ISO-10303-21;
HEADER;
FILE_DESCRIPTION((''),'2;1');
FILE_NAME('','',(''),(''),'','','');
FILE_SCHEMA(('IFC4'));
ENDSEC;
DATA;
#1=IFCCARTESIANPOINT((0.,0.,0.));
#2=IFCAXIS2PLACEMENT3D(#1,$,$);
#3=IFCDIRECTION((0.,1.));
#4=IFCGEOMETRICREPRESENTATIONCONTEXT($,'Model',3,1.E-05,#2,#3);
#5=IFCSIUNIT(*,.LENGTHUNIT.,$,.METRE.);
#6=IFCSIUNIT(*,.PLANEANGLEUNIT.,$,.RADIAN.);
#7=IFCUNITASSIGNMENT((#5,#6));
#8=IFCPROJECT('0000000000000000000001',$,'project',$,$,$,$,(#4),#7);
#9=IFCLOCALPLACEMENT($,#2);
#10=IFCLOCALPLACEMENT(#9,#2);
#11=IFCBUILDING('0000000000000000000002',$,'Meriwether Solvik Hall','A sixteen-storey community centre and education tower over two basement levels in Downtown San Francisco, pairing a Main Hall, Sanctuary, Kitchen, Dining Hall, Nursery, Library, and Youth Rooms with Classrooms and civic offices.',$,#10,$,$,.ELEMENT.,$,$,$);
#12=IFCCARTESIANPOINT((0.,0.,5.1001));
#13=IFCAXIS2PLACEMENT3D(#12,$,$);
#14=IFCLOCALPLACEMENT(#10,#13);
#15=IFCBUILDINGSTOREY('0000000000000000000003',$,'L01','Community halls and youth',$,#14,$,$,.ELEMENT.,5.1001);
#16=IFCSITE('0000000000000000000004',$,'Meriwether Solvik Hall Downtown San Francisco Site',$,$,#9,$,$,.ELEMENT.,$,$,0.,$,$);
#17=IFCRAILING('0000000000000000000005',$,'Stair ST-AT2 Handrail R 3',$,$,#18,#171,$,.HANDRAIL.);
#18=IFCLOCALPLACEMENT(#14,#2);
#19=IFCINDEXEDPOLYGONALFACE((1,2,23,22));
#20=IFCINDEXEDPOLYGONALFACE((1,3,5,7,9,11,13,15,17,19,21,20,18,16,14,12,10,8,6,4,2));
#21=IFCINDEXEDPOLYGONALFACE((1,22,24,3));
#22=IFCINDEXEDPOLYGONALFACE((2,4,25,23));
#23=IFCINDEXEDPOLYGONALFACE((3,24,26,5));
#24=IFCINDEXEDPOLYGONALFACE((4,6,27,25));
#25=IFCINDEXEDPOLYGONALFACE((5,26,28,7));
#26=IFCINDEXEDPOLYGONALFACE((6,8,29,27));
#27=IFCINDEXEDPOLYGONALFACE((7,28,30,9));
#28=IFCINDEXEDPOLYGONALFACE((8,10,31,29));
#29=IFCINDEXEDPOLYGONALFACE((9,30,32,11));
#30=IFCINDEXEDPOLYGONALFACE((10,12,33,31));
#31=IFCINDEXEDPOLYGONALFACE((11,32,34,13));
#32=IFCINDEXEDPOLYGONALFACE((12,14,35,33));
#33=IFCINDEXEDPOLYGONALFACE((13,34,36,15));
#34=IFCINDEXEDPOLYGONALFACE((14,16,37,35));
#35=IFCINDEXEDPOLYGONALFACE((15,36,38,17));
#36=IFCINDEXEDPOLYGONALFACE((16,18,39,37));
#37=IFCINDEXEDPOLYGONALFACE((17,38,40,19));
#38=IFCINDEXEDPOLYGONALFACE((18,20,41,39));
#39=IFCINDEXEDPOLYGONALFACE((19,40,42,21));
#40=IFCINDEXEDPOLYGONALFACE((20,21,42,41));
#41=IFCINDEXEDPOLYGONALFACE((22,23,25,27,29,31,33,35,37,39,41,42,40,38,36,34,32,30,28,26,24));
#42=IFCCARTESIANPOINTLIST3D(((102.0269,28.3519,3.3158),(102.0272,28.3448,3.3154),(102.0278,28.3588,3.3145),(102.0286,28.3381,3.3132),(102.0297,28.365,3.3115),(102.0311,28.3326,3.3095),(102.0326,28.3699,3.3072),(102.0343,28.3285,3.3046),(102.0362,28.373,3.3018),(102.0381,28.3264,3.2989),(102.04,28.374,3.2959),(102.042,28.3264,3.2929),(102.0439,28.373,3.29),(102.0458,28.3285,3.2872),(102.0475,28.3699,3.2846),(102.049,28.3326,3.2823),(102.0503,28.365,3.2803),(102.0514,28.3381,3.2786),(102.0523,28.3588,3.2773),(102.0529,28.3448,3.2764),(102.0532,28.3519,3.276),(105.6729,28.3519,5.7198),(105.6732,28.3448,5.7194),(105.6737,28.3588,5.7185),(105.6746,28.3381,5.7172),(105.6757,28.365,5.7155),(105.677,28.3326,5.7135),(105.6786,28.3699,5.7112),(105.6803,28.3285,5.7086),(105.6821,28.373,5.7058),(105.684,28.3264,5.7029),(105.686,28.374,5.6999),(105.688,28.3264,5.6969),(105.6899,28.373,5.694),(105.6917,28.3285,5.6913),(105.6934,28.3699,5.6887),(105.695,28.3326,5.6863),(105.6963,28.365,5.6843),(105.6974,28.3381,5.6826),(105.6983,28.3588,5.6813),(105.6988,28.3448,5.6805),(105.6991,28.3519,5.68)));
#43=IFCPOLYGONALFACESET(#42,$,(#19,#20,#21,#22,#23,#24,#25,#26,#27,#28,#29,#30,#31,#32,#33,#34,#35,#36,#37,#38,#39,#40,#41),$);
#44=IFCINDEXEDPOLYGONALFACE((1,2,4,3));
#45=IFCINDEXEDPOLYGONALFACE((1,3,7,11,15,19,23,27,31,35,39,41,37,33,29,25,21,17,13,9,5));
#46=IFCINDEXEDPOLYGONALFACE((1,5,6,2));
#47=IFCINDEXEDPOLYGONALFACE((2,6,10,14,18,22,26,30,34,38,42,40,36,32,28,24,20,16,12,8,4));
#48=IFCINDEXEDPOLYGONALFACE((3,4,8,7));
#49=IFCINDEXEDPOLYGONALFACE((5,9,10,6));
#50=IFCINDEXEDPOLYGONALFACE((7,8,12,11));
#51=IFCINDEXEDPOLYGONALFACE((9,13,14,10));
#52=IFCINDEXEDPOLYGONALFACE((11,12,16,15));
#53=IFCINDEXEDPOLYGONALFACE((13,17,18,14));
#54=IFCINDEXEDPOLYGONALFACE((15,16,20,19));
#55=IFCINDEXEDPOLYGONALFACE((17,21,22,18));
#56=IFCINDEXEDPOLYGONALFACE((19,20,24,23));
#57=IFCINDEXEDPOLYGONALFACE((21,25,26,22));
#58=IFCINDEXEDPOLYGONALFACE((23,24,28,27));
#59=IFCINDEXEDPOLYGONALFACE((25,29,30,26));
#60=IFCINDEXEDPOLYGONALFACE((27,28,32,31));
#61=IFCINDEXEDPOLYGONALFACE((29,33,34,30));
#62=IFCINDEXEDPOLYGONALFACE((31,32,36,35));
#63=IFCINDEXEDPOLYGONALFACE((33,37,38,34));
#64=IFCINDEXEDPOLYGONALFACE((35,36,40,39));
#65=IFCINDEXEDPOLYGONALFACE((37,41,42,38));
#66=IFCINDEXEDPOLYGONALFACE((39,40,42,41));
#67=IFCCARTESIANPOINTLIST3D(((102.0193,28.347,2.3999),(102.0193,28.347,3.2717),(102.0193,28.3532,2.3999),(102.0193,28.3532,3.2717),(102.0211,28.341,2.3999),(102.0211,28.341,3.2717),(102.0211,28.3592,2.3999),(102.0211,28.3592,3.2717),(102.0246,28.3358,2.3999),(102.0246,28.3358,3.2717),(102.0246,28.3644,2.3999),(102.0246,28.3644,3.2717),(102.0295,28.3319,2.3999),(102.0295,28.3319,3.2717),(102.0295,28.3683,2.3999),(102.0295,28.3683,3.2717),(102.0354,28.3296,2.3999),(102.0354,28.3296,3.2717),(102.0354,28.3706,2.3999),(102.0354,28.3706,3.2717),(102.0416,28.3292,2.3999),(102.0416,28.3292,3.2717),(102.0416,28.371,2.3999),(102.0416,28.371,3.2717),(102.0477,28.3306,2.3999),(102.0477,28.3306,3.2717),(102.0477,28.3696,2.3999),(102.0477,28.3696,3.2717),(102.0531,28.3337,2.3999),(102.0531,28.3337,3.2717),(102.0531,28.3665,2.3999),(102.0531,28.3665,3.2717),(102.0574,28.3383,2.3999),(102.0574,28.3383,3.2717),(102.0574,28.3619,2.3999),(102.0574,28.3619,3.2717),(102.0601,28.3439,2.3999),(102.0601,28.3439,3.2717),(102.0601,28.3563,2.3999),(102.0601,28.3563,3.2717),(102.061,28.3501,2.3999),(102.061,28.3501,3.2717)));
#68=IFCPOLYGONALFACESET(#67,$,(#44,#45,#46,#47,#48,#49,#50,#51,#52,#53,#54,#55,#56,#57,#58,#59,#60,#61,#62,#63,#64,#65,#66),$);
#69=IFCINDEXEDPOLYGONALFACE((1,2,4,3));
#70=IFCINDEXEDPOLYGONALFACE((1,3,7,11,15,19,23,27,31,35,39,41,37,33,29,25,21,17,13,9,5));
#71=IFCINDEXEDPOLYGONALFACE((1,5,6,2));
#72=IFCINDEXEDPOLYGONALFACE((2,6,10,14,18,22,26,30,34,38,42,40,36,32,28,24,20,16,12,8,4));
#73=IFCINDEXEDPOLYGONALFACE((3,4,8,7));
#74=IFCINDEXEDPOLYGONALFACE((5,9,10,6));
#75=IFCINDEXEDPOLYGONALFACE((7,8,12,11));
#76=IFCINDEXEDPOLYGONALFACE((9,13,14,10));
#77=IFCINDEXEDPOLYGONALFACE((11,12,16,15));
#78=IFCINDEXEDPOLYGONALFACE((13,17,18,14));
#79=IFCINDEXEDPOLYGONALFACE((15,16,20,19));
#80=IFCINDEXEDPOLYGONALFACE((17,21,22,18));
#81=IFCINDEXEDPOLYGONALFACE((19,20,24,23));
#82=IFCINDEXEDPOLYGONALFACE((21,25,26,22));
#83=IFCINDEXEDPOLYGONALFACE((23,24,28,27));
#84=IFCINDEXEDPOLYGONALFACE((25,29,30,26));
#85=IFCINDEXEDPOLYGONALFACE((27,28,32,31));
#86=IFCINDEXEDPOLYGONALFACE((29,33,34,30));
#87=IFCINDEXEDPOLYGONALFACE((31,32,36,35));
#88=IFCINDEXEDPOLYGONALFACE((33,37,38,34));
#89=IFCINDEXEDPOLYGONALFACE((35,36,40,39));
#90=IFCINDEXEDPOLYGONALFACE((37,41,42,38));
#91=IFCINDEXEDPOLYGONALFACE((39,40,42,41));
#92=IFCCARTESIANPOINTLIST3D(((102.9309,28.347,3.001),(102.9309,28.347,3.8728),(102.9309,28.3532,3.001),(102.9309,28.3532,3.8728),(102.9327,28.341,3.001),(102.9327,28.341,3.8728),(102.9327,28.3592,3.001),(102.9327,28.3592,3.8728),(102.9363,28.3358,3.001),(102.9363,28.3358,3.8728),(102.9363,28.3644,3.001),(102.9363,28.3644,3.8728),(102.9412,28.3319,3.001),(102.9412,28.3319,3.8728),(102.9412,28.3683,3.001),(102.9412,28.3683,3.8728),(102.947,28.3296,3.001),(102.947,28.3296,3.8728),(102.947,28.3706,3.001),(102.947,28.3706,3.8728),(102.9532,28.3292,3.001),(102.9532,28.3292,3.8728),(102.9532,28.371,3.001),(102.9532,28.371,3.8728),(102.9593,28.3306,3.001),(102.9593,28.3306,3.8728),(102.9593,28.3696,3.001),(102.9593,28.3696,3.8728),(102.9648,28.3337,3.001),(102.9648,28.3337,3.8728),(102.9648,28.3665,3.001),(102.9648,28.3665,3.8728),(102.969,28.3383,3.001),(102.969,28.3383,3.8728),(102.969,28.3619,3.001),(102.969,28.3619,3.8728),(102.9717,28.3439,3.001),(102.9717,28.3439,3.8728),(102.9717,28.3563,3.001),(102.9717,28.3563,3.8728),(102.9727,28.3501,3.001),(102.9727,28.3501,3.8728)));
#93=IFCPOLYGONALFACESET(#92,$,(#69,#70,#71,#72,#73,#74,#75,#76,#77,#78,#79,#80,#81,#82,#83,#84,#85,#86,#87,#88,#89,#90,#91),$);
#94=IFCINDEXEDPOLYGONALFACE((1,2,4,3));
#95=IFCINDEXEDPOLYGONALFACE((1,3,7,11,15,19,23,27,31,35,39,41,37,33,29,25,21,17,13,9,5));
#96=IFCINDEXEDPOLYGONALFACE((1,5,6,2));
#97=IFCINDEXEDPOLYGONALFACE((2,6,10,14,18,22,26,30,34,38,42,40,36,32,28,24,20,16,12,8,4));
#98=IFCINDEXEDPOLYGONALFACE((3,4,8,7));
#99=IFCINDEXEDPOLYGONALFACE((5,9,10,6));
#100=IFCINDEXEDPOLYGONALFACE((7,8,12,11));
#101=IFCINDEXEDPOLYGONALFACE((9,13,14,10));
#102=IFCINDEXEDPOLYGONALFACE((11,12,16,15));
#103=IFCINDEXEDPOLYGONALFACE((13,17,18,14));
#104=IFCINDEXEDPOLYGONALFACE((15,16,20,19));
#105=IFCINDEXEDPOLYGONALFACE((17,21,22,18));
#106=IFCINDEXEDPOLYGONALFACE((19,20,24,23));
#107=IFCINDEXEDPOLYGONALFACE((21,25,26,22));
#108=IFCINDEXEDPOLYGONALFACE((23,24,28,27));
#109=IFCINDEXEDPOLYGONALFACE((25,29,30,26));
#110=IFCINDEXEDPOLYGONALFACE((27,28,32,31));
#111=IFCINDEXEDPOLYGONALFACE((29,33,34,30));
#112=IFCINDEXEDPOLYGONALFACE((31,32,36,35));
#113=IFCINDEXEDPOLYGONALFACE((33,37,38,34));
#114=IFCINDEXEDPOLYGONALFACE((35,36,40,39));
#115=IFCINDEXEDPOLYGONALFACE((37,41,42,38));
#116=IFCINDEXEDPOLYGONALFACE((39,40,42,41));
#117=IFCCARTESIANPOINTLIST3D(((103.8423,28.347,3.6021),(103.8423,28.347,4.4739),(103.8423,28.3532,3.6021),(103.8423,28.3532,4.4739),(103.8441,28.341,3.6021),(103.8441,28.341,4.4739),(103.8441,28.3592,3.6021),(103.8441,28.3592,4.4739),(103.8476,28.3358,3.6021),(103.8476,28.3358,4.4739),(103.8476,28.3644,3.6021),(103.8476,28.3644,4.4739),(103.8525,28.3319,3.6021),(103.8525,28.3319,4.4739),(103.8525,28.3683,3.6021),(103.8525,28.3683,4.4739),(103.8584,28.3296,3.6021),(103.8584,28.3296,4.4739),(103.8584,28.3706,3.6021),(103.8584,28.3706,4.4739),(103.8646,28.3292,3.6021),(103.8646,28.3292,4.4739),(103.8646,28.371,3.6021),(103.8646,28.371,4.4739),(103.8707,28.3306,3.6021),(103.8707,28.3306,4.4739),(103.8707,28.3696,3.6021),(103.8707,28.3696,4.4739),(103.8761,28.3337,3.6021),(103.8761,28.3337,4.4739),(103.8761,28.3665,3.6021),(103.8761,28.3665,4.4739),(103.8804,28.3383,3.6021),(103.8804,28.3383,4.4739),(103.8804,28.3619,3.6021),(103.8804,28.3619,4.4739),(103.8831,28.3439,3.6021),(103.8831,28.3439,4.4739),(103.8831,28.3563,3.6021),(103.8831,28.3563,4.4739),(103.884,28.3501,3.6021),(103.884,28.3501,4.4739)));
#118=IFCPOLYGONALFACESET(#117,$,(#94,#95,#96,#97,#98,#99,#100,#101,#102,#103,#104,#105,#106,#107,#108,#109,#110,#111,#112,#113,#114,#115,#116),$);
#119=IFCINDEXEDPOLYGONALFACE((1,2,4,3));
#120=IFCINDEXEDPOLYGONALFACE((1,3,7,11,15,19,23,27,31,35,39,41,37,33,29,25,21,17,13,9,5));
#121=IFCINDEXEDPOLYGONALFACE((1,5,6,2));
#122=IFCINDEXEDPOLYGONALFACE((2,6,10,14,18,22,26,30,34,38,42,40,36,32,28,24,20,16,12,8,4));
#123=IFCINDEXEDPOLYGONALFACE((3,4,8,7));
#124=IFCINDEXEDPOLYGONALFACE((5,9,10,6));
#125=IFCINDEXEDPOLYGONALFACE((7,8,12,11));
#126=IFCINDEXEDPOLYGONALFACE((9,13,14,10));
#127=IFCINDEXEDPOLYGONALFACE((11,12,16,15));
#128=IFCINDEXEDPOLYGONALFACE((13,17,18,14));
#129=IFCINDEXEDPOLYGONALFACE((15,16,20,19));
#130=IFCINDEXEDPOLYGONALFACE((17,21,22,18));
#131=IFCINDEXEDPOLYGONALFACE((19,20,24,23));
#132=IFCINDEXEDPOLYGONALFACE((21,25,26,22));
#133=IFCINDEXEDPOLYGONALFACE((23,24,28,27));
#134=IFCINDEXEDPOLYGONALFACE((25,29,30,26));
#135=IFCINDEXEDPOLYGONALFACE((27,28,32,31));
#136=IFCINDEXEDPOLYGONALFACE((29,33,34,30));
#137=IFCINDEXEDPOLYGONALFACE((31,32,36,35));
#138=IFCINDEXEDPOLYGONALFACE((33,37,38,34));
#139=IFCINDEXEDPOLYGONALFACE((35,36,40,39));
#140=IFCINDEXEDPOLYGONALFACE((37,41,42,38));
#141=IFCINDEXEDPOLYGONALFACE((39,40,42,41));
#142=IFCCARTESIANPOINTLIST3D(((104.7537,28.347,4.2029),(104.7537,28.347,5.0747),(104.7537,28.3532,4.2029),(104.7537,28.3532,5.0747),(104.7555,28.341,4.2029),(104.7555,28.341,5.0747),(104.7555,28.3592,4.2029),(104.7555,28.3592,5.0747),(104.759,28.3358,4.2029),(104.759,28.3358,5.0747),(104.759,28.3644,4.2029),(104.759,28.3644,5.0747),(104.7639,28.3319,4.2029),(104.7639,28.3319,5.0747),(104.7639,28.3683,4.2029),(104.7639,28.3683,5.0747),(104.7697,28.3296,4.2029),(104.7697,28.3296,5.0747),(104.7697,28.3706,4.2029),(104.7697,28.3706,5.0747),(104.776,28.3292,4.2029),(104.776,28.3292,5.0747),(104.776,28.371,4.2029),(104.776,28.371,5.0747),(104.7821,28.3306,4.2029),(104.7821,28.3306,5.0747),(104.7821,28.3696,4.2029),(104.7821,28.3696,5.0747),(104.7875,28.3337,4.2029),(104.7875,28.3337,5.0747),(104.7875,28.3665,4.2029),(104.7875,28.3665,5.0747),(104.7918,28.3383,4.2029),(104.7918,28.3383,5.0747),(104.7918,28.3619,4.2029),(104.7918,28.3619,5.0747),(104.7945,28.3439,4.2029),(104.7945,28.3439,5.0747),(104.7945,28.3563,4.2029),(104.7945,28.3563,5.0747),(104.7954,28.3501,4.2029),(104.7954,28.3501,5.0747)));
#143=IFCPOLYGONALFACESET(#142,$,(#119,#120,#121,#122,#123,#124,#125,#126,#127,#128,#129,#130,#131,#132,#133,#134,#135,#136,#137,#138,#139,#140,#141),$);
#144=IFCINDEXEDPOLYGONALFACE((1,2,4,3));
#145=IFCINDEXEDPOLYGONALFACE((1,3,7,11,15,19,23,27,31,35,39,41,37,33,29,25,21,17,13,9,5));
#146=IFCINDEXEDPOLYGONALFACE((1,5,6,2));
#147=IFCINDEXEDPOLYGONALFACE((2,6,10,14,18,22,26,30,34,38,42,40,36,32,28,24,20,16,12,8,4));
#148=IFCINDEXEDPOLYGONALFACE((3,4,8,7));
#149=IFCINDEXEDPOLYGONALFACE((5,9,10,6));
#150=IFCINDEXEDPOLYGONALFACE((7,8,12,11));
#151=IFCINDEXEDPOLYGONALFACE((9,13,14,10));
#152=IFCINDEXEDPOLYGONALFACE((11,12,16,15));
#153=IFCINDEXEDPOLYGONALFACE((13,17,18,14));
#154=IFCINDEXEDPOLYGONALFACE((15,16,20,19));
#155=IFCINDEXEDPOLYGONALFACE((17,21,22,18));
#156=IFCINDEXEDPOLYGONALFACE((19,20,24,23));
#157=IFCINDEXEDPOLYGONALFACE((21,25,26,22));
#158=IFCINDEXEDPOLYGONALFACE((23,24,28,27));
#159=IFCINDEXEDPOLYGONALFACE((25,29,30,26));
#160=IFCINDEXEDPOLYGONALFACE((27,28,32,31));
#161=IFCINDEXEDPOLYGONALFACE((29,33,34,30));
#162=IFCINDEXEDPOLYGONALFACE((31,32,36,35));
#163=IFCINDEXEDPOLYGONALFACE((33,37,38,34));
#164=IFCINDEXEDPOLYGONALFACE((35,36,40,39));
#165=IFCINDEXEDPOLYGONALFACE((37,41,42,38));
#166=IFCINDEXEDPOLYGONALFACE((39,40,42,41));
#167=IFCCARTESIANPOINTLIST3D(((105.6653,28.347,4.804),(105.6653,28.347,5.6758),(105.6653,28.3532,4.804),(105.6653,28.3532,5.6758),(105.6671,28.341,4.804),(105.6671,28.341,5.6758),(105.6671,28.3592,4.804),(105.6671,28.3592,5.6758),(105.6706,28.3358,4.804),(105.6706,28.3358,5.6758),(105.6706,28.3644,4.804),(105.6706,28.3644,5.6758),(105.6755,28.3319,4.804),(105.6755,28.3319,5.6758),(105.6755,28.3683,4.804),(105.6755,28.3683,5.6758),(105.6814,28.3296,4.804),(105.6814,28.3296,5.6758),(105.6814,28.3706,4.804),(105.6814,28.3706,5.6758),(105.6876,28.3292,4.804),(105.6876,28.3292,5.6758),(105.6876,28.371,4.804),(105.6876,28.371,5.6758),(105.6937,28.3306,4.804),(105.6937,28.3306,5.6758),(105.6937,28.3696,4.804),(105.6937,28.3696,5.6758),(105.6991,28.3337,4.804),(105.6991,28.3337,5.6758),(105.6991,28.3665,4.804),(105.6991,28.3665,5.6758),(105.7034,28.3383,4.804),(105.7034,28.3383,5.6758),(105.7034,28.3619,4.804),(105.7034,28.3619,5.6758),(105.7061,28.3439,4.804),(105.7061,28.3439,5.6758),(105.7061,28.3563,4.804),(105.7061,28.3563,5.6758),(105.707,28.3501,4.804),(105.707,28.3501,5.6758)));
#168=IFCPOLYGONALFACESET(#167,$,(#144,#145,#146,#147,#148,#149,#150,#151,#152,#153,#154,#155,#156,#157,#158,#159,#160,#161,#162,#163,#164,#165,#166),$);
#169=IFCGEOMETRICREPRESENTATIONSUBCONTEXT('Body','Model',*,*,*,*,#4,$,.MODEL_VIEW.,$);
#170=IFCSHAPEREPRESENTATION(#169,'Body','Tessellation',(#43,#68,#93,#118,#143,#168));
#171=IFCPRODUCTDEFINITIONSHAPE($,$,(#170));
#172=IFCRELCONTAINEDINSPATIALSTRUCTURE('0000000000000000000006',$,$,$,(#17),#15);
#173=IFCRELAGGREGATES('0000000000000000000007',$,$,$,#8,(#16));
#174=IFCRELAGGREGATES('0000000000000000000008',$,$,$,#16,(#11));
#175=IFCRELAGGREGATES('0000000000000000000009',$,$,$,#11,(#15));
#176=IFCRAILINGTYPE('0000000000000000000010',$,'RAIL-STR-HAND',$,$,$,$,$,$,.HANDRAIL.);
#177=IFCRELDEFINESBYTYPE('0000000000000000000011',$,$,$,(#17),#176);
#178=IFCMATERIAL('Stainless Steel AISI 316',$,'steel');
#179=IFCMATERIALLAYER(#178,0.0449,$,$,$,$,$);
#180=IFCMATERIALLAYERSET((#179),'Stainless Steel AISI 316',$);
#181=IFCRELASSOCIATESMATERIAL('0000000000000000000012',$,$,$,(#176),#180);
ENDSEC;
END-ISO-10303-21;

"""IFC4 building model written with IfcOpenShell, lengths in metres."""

from ifc_helpers import new_model, si_unit, direction, frame, origin, origin_2d, place, context, subcontext, project, spatial, circle, extrude, material, layer, layer_set, type_object, element, save


model = new_model("IFC4")

# Units and contexts
model_context = context("Model", 3, precision=1e-05, world=origin(), true_north=direction((0.0, 1.0)))
body_context = subcontext(model_context, "Body", "Model", "MODEL_VIEW")
ifc_project = project(units=[si_unit("LENGTHUNIT", "METRE"), si_unit("PLANEANGLEUNIT", "RADIAN")], contexts=[model_context])

# Site, building, storey
site_placement = place(None, origin())
site = spatial("IfcSite", under=ifc_project, at=site_placement, Name="Meriwether Solvik Hall Downtown San Francisco Site", CompositionType="ELEMENT", RefElevation=0.0)
building_placement = place(site_placement, origin())
building = spatial("IfcBuilding", under=site, at=building_placement, Name="Meriwether Solvik Hall", Description="A sixteen-storey community centre and education tower over two basement levels in Downtown San Francisco, pairing a Main Hall, Sanctuary, Kitchen, Dining Hall, Nursery, Library, and Youth Rooms with Classrooms and civic offices.", CompositionType="ELEMENT")
storey_placement = place(building_placement, frame((0.0, 0.0, 5.1001)))
storey = spatial("IfcBuildingStorey", under=building, at=storey_placement, Name="L01", Description="Community halls and youth", CompositionType="ELEMENT", Elevation=5.1001)

# Railing
ifc_material_1 = material(Name="Stainless Steel AISI 316", Category="steel")
ifc_layer_1 = layer(ifc_material_1, 0.0449)
ifc_layer_set_1 = layer_set([ifc_layer_1], Name="Stainless Steel AISI 316")
railing_type_1 = type_object("IfcRailingType", Name="RAIL-STR-HAND", PredefinedType="HANDRAIL", material=ifc_layer_set_1)
for number, where, name in (
    (1, (102.04, 28.3501, 2.3999), "Stair ST-AT2 Handrail R 3"),
):
    element("IfcRailing", number, at=place(storey_placement, frame(where)), inside=storey, type_object=railing_type_1, Name=name, PredefinedType="HANDRAIL", context=body_context, shape_type="SweptSolid", body=[
        extrude(circle(Radius=0.0239, at=origin_2d()), frame((0.0, 0.0, 0.896), z_axis=(0.834852, 0.0, 0.550475), x_axis=(0.0, 1.0, 0.0)), (0.0, 0.0, 1.0), 4.3672),
        extrude(circle(Radius=0.021, at=origin_2d()), origin(), (0.0, 0.0, 1.0), 0.8718),
        extrude(circle(Radius=0.021, at=origin_2d()), frame((0.9116, 0.0, 0.6011)), (0.0, 0.0, 1.0), 0.8718),
        extrude(circle(Radius=0.021, at=origin_2d()), frame((1.823, 0.0, 1.2021)), (0.0, 0.0, 1.0), 0.8718),
        extrude(circle(Radius=0.021, at=origin_2d()), frame((2.7344, 0.0, 1.803)), (0.0, 0.0, 1.0), 0.8718),
        extrude(circle(Radius=0.021, at=origin_2d()), frame((3.646, 0.0, 2.4041)), (0.0, 0.0, 1.0), 0.8718),
    ])

save(model, "model.ifc")
